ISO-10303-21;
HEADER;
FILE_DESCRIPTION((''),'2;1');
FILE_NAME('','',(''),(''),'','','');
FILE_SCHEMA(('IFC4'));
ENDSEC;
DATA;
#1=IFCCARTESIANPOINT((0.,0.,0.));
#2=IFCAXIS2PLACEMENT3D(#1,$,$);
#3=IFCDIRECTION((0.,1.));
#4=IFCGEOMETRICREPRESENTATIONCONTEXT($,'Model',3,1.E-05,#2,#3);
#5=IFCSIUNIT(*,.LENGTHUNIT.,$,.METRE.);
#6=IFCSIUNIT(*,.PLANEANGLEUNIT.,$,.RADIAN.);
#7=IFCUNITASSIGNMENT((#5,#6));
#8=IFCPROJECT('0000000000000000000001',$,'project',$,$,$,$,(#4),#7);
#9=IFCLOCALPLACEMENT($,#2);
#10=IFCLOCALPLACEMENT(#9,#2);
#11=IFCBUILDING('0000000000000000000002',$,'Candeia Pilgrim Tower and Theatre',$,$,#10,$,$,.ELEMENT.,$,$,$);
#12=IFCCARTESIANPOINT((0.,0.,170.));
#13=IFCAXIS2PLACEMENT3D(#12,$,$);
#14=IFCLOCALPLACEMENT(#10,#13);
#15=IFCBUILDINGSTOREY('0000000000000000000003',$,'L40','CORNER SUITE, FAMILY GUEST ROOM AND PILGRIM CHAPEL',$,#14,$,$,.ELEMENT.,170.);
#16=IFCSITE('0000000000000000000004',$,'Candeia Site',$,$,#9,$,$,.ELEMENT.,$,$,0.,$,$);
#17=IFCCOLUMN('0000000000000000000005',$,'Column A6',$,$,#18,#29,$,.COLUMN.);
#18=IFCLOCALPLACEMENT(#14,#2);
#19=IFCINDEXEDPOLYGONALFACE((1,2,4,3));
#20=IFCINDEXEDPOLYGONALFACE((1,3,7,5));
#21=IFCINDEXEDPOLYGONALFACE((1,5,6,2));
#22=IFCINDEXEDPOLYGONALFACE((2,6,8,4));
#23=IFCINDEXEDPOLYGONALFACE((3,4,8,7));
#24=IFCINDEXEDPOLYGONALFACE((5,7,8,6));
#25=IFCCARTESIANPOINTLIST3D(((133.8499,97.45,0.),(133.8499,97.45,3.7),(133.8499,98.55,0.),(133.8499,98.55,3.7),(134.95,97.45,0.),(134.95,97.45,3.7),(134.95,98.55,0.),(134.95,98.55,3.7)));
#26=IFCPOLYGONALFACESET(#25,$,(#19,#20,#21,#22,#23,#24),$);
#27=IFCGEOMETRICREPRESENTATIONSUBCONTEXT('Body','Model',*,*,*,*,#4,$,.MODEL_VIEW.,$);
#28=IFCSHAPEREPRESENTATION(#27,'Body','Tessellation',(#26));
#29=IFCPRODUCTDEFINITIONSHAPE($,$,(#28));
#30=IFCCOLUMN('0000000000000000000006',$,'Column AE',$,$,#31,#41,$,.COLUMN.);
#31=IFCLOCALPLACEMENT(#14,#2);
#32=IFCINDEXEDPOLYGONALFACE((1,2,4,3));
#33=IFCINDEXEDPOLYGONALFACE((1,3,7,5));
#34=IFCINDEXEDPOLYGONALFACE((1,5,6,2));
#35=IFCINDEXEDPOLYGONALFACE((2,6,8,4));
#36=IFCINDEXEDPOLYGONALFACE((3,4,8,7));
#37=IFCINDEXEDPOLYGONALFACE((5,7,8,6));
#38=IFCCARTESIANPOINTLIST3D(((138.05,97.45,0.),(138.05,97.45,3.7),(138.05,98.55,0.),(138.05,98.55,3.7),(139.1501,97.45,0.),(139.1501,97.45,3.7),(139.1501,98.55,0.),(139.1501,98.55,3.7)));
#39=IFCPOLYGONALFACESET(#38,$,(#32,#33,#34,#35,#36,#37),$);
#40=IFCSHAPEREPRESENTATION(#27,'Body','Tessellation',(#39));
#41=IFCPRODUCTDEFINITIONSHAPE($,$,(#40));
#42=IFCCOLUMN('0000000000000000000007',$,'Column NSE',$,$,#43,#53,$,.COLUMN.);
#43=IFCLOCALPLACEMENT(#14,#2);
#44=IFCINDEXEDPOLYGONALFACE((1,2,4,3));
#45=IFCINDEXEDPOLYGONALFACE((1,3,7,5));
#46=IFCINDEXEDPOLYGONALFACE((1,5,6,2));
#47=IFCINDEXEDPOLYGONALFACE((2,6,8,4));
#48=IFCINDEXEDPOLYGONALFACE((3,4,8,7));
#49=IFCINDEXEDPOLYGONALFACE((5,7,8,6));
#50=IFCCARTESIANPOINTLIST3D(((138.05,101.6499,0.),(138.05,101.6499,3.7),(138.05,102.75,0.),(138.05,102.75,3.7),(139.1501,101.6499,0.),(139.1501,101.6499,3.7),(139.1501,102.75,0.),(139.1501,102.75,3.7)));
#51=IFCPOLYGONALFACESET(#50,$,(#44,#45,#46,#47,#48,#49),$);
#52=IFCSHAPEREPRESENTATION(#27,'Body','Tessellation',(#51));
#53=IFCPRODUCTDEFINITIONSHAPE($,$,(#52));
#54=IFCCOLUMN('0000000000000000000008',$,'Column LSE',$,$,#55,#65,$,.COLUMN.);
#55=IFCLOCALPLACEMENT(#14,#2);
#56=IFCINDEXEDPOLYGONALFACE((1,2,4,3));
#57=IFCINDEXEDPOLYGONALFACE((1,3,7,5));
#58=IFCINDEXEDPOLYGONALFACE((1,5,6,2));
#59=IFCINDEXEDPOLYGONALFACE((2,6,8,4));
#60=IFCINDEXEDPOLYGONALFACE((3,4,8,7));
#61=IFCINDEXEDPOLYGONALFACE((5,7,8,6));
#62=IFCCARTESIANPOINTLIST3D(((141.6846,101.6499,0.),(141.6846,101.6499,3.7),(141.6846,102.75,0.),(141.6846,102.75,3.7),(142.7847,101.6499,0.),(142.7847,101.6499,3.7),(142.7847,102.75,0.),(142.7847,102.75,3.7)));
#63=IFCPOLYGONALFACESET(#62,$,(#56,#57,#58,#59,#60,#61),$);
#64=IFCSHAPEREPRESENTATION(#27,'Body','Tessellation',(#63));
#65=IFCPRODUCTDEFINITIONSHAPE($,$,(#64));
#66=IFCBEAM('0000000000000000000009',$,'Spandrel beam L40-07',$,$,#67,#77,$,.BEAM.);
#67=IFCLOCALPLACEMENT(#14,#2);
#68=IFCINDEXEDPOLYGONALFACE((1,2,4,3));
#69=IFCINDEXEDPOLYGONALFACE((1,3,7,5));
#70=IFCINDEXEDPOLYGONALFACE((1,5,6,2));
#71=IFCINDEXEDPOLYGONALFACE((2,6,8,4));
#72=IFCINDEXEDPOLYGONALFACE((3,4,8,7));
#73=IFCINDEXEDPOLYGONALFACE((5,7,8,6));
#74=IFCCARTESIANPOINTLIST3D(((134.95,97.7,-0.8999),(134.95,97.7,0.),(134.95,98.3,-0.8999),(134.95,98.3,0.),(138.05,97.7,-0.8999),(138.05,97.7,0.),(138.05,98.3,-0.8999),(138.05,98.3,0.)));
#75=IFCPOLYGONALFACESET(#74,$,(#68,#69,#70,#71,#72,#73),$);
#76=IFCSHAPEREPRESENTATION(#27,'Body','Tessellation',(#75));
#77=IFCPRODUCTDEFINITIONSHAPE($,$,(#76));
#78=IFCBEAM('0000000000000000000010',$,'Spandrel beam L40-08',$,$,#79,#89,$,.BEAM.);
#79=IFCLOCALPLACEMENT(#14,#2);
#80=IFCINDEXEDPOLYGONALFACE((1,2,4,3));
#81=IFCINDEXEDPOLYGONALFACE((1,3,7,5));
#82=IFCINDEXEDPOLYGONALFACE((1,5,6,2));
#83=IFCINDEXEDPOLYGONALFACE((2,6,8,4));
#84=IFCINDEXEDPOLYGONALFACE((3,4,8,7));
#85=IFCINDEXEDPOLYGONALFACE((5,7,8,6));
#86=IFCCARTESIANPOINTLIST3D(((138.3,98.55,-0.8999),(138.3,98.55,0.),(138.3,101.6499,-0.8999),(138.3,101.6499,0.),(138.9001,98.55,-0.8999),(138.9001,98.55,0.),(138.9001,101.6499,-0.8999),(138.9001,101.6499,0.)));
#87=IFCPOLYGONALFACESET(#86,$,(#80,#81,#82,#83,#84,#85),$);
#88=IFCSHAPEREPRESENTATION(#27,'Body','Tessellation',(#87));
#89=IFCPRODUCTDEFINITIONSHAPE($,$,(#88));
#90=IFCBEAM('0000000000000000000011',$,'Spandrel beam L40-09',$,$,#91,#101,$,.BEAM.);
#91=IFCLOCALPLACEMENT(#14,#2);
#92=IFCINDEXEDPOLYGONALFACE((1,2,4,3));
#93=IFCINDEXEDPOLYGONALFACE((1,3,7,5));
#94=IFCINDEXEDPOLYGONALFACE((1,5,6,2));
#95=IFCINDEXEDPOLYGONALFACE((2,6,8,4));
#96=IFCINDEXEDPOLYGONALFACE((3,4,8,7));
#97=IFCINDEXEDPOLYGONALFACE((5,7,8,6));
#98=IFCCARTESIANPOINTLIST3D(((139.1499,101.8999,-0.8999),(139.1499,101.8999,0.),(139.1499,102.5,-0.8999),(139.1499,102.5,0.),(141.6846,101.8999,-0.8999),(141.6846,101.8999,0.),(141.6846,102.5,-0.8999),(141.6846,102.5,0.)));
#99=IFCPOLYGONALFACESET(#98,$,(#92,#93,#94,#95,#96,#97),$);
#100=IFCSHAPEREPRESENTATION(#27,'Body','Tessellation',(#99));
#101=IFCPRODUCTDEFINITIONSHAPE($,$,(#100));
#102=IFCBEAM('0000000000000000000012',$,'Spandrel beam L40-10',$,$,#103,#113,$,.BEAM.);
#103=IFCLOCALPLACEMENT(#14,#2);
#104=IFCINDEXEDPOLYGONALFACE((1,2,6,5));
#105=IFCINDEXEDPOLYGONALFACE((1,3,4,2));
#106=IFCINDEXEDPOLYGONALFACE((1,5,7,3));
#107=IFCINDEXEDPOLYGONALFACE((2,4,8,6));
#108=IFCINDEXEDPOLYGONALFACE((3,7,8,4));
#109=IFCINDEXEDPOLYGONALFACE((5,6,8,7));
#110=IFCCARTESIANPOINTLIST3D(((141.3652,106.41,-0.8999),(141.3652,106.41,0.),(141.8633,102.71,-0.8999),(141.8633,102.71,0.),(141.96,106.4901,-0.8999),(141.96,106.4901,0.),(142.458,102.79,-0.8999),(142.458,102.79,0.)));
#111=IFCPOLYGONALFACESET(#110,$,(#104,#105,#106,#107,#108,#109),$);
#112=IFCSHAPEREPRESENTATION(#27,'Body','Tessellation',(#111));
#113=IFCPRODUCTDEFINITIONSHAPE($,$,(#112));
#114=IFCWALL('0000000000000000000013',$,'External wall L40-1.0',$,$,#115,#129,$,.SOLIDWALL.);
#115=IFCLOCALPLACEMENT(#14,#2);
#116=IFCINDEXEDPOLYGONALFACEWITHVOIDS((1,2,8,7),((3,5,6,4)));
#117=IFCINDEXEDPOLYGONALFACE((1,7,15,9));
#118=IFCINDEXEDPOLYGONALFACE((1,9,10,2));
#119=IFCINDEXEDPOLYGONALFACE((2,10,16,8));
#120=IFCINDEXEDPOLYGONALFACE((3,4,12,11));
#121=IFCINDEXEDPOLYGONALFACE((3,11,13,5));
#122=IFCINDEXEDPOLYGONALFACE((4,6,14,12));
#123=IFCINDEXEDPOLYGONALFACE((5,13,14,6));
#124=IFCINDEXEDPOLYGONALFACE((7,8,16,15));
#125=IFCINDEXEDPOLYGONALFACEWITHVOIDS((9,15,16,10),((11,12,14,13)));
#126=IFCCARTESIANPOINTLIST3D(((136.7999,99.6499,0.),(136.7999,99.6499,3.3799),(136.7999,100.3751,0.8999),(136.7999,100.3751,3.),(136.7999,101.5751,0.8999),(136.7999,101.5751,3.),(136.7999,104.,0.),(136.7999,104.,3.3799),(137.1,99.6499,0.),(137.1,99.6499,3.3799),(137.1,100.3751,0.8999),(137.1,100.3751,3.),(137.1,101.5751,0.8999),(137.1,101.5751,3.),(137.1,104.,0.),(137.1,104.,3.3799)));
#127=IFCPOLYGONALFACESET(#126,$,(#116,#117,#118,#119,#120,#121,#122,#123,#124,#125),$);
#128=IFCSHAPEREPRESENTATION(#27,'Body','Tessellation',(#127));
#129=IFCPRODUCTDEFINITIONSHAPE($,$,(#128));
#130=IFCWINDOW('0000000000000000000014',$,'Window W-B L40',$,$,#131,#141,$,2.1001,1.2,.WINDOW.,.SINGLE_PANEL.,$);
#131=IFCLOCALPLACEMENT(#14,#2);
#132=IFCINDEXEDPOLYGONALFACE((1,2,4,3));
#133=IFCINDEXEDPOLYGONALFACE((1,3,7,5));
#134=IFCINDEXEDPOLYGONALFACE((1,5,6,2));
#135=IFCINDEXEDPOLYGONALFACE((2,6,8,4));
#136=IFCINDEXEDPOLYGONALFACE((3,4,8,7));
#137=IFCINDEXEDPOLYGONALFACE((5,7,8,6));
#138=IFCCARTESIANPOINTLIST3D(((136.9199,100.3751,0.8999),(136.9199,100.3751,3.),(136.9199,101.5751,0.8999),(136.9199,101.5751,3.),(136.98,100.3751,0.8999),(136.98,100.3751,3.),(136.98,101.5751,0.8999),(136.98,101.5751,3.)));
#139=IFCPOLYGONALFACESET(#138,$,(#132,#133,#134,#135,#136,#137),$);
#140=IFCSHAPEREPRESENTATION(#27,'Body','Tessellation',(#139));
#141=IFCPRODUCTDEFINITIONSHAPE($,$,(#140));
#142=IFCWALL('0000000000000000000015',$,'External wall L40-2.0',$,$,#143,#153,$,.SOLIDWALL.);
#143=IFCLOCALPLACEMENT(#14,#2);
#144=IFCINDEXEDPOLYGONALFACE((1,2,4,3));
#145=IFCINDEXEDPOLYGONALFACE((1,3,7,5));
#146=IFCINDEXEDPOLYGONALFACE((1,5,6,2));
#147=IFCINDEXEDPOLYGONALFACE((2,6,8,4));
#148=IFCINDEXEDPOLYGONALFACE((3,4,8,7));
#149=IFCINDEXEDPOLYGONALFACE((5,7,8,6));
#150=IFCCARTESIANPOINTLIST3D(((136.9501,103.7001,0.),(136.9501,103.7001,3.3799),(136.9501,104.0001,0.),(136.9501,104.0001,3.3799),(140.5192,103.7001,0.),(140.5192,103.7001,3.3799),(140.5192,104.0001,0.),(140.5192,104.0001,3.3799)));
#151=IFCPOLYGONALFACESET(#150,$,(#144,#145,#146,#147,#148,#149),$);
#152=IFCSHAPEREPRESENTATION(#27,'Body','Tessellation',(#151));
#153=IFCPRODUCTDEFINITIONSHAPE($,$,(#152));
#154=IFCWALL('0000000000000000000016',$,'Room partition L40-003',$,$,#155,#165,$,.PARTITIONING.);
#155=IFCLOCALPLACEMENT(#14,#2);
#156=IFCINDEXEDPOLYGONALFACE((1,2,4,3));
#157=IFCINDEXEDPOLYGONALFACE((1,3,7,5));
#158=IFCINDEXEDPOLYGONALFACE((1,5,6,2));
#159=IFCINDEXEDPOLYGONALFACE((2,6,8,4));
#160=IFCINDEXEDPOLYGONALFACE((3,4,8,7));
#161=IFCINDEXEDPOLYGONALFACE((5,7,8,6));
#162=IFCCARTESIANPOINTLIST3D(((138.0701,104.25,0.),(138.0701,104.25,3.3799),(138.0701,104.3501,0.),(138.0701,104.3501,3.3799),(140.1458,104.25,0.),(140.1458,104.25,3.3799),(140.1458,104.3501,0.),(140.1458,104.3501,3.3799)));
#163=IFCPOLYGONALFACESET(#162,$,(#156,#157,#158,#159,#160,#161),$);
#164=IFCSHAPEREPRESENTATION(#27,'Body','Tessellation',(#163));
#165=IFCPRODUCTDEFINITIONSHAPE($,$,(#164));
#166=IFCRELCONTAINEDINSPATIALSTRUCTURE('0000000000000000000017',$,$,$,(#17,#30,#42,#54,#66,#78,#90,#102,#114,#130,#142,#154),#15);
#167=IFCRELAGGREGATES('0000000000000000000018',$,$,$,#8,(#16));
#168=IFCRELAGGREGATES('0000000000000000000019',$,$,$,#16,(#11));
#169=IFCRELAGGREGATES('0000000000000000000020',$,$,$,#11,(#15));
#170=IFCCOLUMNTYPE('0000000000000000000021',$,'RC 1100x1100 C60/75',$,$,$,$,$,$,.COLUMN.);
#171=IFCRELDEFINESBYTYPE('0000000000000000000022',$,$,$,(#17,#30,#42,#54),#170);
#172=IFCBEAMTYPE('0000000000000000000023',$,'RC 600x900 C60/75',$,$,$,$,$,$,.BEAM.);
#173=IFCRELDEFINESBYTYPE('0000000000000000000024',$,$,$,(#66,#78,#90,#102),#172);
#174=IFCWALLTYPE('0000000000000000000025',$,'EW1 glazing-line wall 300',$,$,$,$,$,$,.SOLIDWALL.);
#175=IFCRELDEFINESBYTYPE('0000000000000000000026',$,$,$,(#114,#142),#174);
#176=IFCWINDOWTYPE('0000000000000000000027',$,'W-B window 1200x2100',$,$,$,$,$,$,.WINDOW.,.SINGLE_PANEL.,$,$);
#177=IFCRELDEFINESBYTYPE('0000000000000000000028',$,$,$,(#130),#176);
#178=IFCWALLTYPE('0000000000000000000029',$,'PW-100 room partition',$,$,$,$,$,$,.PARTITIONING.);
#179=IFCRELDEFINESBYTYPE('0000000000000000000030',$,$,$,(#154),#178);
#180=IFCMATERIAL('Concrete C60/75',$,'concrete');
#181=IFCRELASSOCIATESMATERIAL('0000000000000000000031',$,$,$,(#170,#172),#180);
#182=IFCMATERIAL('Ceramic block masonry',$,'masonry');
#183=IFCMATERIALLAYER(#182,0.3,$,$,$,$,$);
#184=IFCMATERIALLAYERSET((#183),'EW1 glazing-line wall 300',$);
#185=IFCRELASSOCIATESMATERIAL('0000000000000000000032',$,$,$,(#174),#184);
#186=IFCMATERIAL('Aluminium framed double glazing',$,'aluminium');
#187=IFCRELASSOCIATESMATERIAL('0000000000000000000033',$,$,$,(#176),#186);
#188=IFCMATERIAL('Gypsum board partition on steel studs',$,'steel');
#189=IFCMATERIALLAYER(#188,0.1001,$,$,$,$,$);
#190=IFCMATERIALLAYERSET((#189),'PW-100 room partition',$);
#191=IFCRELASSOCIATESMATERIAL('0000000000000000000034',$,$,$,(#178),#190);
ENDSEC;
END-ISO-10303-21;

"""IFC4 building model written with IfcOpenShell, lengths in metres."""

from ifc_helpers import new_model, si_unit, direction, frame, frame_2d, origin, origin_2d, place, context, subcontext, project, spatial, rectangle, extrude, material, layer, layer_set, material_profile, profile_set, type_object, element, fill, save


model = new_model("IFC4")

# Units and contexts
model_context = context("Model", 3, precision=1e-05, world=origin(), true_north=direction((0.0, 1.0)))
body_context = subcontext(model_context, "Body", "Model", "MODEL_VIEW")
ifc_project = project(units=[si_unit("LENGTHUNIT", "METRE"), si_unit("PLANEANGLEUNIT", "RADIAN")], contexts=[model_context])

# Site, building, storey
site_placement = place(None, origin())
site = spatial("IfcSite", under=ifc_project, at=site_placement, Name="Candeia Site", CompositionType="ELEMENT", RefElevation=0.0)
building_placement = place(site_placement, origin())
building = spatial("IfcBuilding", under=site, at=building_placement, Name="Candeia Pilgrim Tower and Theatre", CompositionType="ELEMENT")
storey_placement = place(building_placement, frame((0.0, 0.0, 170.0)))
storey = spatial("IfcBuildingStorey", under=building, at=storey_placement, Name="L40", Description="CORNER SUITE, FAMILY GUEST ROOM AND PILGRIM CHAPEL", CompositionType="ELEMENT", Elevation=170.0)

# Columns
ifc_material_1 = material(Name="Concrete C60/75", Category="concrete")
ifc_material_profile_1 = material_profile(ifc_material_1, rectangle(XDim=1.1001, YDim=1.1001, at=origin_2d()))
ifc_profile_set_1 = profile_set([ifc_material_profile_1], Name="Concrete C60/75")
column_type = type_object("IfcColumnType", Name="RC 1100x1100 C60/75", PredefinedType="COLUMN", material=ifc_profile_set_1)
for number, where, z_axis, x_axis, name in (
    (1, (134.3999, 98.0, 0.0), (0.0, 0.0, 1.0), (1.0, 0.0, 0.0), "Column A6"),
    (2, (138.6001, 98.0, 0.0), (0.0, 0.0, 1.0), (1.0, 0.0, 0.0), "Column AE"),
    (3, (138.6001, 102.2, 0.0), (0.0, 0.0, 1.0), (1.0, 0.0, 0.0), "Column NSE"),
    (4, (142.2346, 102.2, 0.0), (0.0, 0.0, 1.0), (1.0, 0.0, 0.0), "Column LSE"),
):
    element("IfcColumn", number, at=place(storey_placement, frame(where, z_axis=z_axis, x_axis=x_axis)), inside=storey, type_object=column_type, Name=name, PredefinedType="COLUMN", context=body_context, shape_type="SweptSolid", body=[
        extrude(rectangle(XDim=1.1001, YDim=1.1001, at=origin_2d()), origin(), (0.0, 0.0, 1.0), 3.7),
    ])

# Beams
ifc_material_profile_2 = material_profile(ifc_material_1, rectangle(XDim=0.6001, YDim=0.8999, at=origin_2d()))
ifc_profile_set_2 = profile_set([ifc_material_profile_2], Name="Concrete C60/75")
beam_type = type_object("IfcBeamType", Name="RC 600x900 C60/75", PredefinedType="BEAM", material=ifc_profile_set_2)
beam_1_placement = place(storey_placement, frame((134.95, 98.0, -0.45), z_axis=(1.0, 0.0, 0.0), x_axis=(0.0, 1.0, 0.0)))
element("IfcBeam", 5, at=beam_1_placement, inside=storey, type_object=beam_type, Name="Spandrel beam L40-07", PredefinedType="BEAM", context=body_context, shape_type="SweptSolid", body=[
    extrude(rectangle(XDim=0.6001, YDim=0.8999, at=origin_2d()), origin(), (0.0, 0.0, 1.0), 3.1001),
])
beam_2_placement = place(storey_placement, frame((138.6001, 98.55, -0.45), z_axis=(0.0, 1.0, 0.0), x_axis=(-1.0, 0.0, 0.0)))
element("IfcBeam", 6, at=beam_2_placement, inside=storey, type_object=beam_type, Name="Spandrel beam L40-08", PredefinedType="BEAM", context=body_context, shape_type="SweptSolid", body=[
    extrude(rectangle(XDim=0.6001, YDim=0.8999, at=origin_2d()), origin(), (0.0, 0.0, 1.0), 3.0999),
])
beam_3_placement = place(storey_placement, frame((139.1499, 102.2, -0.45), z_axis=(1.0, 0.0, 0.0), x_axis=(0.0, 1.0, 0.0)))
element("IfcBeam", 7, at=beam_3_placement, inside=storey, type_object=beam_type, Name="Spandrel beam L40-09", PredefinedType="BEAM", context=body_context, shape_type="SweptSolid", body=[
    extrude(rectangle(XDim=0.6001, YDim=0.8999, at=origin_2d()), origin(), (0.0, 0.0, 1.0), 2.5347),
])
beam_4_placement = place(storey_placement, frame((142.1606, 102.75, -0.45), z_axis=(-0.133406, 0.991061, 0.0), x_axis=(-0.991061, -0.133406, 0.0)))
element("IfcBeam", 8, at=beam_4_placement, inside=storey, type_object=beam_type, Name="Spandrel beam L40-10", PredefinedType="BEAM", context=body_context, shape_type="SweptSolid", body=[
    extrude(rectangle(XDim=0.6001, YDim=0.8999, at=origin_2d()), origin(), (0.0, 0.0, 1.0), 3.7334),
])

# Wall, opening, window
ifc_material_2 = material(Name="Ceramic block masonry", Category="masonry")
ifc_layer_1 = layer(ifc_material_2, 0.3)
ifc_layer_set_1 = layer_set([ifc_layer_1], Name="EW1 glazing-line wall 300")
wall_type_1 = type_object("IfcWallType", Name="EW1 glazing-line wall 300", PredefinedType="SOLIDWALL", material=ifc_layer_set_1)
wall_1_placement = place(storey_placement, frame((136.95, 99.6499, 0.0), z_axis=(0.0, 0.0, 1.0), x_axis=(0.0, 1.0, 0.0)))
wall_1 = element("IfcWall", 9, at=wall_1_placement, inside=storey, type_object=wall_type_1, Name="External wall L40-1.0", PredefinedType="SOLIDWALL", context=body_context, shape_type="SweptSolid", body=[
    extrude(rectangle(XDim=4.3501, YDim=0.3, at=frame_2d((2.175, 0.0))), origin(), (0.0, 0.0, 1.0), 3.3799),
])
opening_1_placement = place(wall_1_placement, frame((0.7251, 0.0, 0.8999)))
opening_1 = element("IfcOpeningElement", 10, at=opening_1_placement, cuts=wall_1, PredefinedType="OPENING", context=body_context, shape_type="SweptSolid", body=[
    extrude(rectangle(XDim=1.2, YDim=2.1001, at=frame_2d((0.6001, 1.05))), frame((0.0, 0.1602, 0.0), z_axis=(0.0, -1.0, 0.0), x_axis=(1.0, 0.0, 0.0)), (0.0, 0.0, 1.0), 0.3201),
])
ifc_material_3 = material(Name="Aluminium framed double glazing", Category="aluminium")
window_type = type_object("IfcWindowType", Name="W-B window 1200x2100", PartitioningType="SINGLE_PANEL", PredefinedType="WINDOW", material=ifc_material_3)
window_1_placement = place(opening_1_placement, origin())
window_1 = element("IfcWindow", 11, at=window_1_placement, inside=storey, type_object=window_type, Name="Window W-B L40", OverallHeight=2.1001, OverallWidth=1.2, PartitioningType="SINGLE_PANEL", PredefinedType="WINDOW", context=body_context, shape_type="SweptSolid", body=[
    extrude(rectangle(XDim=1.2, YDim=2.1001, at=frame_2d((0.6001, 1.05))), frame((0.0, 0.03, 0.0), z_axis=(0.0, -1.0, 0.0), x_axis=(1.0, 0.0, 0.0)), (0.0, 0.0, 1.0), 0.0601),
])
fill(opening_1, window_1)

# Wall
wall_2_placement = place(storey_placement, frame((136.95, 103.8501, 0.0), z_axis=(0.0, 0.0, 1.0), x_axis=(1.0, 0.0, 0.0)))
element("IfcWall", 12, at=wall_2_placement, inside=storey, type_object=wall_type_1, Name="External wall L40-2.0", PredefinedType="SOLIDWALL", context=body_context, shape_type="SweptSolid", body=[
    extrude(rectangle(XDim=3.5691, YDim=0.3, at=frame_2d((1.7847, 0.0))), origin(), (0.0, 0.0, 1.0), 3.3799),
])

# Wall
ifc_material_4 = material(Name="Gypsum board partition on steel studs", Category="steel")
ifc_layer_2 = layer(ifc_material_4, 0.1001)
ifc_layer_set_2 = layer_set([ifc_layer_2], Name="PW-100 room partition")
wall_type_2 = type_object("IfcWallType", Name="PW-100 room partition", PredefinedType="PARTITIONING", material=ifc_layer_set_2)
wall_3_placement = place(storey_placement, frame((138.0701, 104.3, 0.0), z_axis=(0.0, 0.0, 1.0), x_axis=(1.0, 0.0, 0.0)))
element("IfcWall", 13, at=wall_3_placement, inside=storey, type_object=wall_type_2, Name="Room partition L40-003", PredefinedType="PARTITIONING", context=body_context, shape_type="SweptSolid", body=[
    extrude(rectangle(XDim=2.0757, YDim=0.1001, at=frame_2d((1.0378, 0.0))), origin(), (0.0, 0.0, 1.0), 3.3799),
])

save(model, "model.ifc")
